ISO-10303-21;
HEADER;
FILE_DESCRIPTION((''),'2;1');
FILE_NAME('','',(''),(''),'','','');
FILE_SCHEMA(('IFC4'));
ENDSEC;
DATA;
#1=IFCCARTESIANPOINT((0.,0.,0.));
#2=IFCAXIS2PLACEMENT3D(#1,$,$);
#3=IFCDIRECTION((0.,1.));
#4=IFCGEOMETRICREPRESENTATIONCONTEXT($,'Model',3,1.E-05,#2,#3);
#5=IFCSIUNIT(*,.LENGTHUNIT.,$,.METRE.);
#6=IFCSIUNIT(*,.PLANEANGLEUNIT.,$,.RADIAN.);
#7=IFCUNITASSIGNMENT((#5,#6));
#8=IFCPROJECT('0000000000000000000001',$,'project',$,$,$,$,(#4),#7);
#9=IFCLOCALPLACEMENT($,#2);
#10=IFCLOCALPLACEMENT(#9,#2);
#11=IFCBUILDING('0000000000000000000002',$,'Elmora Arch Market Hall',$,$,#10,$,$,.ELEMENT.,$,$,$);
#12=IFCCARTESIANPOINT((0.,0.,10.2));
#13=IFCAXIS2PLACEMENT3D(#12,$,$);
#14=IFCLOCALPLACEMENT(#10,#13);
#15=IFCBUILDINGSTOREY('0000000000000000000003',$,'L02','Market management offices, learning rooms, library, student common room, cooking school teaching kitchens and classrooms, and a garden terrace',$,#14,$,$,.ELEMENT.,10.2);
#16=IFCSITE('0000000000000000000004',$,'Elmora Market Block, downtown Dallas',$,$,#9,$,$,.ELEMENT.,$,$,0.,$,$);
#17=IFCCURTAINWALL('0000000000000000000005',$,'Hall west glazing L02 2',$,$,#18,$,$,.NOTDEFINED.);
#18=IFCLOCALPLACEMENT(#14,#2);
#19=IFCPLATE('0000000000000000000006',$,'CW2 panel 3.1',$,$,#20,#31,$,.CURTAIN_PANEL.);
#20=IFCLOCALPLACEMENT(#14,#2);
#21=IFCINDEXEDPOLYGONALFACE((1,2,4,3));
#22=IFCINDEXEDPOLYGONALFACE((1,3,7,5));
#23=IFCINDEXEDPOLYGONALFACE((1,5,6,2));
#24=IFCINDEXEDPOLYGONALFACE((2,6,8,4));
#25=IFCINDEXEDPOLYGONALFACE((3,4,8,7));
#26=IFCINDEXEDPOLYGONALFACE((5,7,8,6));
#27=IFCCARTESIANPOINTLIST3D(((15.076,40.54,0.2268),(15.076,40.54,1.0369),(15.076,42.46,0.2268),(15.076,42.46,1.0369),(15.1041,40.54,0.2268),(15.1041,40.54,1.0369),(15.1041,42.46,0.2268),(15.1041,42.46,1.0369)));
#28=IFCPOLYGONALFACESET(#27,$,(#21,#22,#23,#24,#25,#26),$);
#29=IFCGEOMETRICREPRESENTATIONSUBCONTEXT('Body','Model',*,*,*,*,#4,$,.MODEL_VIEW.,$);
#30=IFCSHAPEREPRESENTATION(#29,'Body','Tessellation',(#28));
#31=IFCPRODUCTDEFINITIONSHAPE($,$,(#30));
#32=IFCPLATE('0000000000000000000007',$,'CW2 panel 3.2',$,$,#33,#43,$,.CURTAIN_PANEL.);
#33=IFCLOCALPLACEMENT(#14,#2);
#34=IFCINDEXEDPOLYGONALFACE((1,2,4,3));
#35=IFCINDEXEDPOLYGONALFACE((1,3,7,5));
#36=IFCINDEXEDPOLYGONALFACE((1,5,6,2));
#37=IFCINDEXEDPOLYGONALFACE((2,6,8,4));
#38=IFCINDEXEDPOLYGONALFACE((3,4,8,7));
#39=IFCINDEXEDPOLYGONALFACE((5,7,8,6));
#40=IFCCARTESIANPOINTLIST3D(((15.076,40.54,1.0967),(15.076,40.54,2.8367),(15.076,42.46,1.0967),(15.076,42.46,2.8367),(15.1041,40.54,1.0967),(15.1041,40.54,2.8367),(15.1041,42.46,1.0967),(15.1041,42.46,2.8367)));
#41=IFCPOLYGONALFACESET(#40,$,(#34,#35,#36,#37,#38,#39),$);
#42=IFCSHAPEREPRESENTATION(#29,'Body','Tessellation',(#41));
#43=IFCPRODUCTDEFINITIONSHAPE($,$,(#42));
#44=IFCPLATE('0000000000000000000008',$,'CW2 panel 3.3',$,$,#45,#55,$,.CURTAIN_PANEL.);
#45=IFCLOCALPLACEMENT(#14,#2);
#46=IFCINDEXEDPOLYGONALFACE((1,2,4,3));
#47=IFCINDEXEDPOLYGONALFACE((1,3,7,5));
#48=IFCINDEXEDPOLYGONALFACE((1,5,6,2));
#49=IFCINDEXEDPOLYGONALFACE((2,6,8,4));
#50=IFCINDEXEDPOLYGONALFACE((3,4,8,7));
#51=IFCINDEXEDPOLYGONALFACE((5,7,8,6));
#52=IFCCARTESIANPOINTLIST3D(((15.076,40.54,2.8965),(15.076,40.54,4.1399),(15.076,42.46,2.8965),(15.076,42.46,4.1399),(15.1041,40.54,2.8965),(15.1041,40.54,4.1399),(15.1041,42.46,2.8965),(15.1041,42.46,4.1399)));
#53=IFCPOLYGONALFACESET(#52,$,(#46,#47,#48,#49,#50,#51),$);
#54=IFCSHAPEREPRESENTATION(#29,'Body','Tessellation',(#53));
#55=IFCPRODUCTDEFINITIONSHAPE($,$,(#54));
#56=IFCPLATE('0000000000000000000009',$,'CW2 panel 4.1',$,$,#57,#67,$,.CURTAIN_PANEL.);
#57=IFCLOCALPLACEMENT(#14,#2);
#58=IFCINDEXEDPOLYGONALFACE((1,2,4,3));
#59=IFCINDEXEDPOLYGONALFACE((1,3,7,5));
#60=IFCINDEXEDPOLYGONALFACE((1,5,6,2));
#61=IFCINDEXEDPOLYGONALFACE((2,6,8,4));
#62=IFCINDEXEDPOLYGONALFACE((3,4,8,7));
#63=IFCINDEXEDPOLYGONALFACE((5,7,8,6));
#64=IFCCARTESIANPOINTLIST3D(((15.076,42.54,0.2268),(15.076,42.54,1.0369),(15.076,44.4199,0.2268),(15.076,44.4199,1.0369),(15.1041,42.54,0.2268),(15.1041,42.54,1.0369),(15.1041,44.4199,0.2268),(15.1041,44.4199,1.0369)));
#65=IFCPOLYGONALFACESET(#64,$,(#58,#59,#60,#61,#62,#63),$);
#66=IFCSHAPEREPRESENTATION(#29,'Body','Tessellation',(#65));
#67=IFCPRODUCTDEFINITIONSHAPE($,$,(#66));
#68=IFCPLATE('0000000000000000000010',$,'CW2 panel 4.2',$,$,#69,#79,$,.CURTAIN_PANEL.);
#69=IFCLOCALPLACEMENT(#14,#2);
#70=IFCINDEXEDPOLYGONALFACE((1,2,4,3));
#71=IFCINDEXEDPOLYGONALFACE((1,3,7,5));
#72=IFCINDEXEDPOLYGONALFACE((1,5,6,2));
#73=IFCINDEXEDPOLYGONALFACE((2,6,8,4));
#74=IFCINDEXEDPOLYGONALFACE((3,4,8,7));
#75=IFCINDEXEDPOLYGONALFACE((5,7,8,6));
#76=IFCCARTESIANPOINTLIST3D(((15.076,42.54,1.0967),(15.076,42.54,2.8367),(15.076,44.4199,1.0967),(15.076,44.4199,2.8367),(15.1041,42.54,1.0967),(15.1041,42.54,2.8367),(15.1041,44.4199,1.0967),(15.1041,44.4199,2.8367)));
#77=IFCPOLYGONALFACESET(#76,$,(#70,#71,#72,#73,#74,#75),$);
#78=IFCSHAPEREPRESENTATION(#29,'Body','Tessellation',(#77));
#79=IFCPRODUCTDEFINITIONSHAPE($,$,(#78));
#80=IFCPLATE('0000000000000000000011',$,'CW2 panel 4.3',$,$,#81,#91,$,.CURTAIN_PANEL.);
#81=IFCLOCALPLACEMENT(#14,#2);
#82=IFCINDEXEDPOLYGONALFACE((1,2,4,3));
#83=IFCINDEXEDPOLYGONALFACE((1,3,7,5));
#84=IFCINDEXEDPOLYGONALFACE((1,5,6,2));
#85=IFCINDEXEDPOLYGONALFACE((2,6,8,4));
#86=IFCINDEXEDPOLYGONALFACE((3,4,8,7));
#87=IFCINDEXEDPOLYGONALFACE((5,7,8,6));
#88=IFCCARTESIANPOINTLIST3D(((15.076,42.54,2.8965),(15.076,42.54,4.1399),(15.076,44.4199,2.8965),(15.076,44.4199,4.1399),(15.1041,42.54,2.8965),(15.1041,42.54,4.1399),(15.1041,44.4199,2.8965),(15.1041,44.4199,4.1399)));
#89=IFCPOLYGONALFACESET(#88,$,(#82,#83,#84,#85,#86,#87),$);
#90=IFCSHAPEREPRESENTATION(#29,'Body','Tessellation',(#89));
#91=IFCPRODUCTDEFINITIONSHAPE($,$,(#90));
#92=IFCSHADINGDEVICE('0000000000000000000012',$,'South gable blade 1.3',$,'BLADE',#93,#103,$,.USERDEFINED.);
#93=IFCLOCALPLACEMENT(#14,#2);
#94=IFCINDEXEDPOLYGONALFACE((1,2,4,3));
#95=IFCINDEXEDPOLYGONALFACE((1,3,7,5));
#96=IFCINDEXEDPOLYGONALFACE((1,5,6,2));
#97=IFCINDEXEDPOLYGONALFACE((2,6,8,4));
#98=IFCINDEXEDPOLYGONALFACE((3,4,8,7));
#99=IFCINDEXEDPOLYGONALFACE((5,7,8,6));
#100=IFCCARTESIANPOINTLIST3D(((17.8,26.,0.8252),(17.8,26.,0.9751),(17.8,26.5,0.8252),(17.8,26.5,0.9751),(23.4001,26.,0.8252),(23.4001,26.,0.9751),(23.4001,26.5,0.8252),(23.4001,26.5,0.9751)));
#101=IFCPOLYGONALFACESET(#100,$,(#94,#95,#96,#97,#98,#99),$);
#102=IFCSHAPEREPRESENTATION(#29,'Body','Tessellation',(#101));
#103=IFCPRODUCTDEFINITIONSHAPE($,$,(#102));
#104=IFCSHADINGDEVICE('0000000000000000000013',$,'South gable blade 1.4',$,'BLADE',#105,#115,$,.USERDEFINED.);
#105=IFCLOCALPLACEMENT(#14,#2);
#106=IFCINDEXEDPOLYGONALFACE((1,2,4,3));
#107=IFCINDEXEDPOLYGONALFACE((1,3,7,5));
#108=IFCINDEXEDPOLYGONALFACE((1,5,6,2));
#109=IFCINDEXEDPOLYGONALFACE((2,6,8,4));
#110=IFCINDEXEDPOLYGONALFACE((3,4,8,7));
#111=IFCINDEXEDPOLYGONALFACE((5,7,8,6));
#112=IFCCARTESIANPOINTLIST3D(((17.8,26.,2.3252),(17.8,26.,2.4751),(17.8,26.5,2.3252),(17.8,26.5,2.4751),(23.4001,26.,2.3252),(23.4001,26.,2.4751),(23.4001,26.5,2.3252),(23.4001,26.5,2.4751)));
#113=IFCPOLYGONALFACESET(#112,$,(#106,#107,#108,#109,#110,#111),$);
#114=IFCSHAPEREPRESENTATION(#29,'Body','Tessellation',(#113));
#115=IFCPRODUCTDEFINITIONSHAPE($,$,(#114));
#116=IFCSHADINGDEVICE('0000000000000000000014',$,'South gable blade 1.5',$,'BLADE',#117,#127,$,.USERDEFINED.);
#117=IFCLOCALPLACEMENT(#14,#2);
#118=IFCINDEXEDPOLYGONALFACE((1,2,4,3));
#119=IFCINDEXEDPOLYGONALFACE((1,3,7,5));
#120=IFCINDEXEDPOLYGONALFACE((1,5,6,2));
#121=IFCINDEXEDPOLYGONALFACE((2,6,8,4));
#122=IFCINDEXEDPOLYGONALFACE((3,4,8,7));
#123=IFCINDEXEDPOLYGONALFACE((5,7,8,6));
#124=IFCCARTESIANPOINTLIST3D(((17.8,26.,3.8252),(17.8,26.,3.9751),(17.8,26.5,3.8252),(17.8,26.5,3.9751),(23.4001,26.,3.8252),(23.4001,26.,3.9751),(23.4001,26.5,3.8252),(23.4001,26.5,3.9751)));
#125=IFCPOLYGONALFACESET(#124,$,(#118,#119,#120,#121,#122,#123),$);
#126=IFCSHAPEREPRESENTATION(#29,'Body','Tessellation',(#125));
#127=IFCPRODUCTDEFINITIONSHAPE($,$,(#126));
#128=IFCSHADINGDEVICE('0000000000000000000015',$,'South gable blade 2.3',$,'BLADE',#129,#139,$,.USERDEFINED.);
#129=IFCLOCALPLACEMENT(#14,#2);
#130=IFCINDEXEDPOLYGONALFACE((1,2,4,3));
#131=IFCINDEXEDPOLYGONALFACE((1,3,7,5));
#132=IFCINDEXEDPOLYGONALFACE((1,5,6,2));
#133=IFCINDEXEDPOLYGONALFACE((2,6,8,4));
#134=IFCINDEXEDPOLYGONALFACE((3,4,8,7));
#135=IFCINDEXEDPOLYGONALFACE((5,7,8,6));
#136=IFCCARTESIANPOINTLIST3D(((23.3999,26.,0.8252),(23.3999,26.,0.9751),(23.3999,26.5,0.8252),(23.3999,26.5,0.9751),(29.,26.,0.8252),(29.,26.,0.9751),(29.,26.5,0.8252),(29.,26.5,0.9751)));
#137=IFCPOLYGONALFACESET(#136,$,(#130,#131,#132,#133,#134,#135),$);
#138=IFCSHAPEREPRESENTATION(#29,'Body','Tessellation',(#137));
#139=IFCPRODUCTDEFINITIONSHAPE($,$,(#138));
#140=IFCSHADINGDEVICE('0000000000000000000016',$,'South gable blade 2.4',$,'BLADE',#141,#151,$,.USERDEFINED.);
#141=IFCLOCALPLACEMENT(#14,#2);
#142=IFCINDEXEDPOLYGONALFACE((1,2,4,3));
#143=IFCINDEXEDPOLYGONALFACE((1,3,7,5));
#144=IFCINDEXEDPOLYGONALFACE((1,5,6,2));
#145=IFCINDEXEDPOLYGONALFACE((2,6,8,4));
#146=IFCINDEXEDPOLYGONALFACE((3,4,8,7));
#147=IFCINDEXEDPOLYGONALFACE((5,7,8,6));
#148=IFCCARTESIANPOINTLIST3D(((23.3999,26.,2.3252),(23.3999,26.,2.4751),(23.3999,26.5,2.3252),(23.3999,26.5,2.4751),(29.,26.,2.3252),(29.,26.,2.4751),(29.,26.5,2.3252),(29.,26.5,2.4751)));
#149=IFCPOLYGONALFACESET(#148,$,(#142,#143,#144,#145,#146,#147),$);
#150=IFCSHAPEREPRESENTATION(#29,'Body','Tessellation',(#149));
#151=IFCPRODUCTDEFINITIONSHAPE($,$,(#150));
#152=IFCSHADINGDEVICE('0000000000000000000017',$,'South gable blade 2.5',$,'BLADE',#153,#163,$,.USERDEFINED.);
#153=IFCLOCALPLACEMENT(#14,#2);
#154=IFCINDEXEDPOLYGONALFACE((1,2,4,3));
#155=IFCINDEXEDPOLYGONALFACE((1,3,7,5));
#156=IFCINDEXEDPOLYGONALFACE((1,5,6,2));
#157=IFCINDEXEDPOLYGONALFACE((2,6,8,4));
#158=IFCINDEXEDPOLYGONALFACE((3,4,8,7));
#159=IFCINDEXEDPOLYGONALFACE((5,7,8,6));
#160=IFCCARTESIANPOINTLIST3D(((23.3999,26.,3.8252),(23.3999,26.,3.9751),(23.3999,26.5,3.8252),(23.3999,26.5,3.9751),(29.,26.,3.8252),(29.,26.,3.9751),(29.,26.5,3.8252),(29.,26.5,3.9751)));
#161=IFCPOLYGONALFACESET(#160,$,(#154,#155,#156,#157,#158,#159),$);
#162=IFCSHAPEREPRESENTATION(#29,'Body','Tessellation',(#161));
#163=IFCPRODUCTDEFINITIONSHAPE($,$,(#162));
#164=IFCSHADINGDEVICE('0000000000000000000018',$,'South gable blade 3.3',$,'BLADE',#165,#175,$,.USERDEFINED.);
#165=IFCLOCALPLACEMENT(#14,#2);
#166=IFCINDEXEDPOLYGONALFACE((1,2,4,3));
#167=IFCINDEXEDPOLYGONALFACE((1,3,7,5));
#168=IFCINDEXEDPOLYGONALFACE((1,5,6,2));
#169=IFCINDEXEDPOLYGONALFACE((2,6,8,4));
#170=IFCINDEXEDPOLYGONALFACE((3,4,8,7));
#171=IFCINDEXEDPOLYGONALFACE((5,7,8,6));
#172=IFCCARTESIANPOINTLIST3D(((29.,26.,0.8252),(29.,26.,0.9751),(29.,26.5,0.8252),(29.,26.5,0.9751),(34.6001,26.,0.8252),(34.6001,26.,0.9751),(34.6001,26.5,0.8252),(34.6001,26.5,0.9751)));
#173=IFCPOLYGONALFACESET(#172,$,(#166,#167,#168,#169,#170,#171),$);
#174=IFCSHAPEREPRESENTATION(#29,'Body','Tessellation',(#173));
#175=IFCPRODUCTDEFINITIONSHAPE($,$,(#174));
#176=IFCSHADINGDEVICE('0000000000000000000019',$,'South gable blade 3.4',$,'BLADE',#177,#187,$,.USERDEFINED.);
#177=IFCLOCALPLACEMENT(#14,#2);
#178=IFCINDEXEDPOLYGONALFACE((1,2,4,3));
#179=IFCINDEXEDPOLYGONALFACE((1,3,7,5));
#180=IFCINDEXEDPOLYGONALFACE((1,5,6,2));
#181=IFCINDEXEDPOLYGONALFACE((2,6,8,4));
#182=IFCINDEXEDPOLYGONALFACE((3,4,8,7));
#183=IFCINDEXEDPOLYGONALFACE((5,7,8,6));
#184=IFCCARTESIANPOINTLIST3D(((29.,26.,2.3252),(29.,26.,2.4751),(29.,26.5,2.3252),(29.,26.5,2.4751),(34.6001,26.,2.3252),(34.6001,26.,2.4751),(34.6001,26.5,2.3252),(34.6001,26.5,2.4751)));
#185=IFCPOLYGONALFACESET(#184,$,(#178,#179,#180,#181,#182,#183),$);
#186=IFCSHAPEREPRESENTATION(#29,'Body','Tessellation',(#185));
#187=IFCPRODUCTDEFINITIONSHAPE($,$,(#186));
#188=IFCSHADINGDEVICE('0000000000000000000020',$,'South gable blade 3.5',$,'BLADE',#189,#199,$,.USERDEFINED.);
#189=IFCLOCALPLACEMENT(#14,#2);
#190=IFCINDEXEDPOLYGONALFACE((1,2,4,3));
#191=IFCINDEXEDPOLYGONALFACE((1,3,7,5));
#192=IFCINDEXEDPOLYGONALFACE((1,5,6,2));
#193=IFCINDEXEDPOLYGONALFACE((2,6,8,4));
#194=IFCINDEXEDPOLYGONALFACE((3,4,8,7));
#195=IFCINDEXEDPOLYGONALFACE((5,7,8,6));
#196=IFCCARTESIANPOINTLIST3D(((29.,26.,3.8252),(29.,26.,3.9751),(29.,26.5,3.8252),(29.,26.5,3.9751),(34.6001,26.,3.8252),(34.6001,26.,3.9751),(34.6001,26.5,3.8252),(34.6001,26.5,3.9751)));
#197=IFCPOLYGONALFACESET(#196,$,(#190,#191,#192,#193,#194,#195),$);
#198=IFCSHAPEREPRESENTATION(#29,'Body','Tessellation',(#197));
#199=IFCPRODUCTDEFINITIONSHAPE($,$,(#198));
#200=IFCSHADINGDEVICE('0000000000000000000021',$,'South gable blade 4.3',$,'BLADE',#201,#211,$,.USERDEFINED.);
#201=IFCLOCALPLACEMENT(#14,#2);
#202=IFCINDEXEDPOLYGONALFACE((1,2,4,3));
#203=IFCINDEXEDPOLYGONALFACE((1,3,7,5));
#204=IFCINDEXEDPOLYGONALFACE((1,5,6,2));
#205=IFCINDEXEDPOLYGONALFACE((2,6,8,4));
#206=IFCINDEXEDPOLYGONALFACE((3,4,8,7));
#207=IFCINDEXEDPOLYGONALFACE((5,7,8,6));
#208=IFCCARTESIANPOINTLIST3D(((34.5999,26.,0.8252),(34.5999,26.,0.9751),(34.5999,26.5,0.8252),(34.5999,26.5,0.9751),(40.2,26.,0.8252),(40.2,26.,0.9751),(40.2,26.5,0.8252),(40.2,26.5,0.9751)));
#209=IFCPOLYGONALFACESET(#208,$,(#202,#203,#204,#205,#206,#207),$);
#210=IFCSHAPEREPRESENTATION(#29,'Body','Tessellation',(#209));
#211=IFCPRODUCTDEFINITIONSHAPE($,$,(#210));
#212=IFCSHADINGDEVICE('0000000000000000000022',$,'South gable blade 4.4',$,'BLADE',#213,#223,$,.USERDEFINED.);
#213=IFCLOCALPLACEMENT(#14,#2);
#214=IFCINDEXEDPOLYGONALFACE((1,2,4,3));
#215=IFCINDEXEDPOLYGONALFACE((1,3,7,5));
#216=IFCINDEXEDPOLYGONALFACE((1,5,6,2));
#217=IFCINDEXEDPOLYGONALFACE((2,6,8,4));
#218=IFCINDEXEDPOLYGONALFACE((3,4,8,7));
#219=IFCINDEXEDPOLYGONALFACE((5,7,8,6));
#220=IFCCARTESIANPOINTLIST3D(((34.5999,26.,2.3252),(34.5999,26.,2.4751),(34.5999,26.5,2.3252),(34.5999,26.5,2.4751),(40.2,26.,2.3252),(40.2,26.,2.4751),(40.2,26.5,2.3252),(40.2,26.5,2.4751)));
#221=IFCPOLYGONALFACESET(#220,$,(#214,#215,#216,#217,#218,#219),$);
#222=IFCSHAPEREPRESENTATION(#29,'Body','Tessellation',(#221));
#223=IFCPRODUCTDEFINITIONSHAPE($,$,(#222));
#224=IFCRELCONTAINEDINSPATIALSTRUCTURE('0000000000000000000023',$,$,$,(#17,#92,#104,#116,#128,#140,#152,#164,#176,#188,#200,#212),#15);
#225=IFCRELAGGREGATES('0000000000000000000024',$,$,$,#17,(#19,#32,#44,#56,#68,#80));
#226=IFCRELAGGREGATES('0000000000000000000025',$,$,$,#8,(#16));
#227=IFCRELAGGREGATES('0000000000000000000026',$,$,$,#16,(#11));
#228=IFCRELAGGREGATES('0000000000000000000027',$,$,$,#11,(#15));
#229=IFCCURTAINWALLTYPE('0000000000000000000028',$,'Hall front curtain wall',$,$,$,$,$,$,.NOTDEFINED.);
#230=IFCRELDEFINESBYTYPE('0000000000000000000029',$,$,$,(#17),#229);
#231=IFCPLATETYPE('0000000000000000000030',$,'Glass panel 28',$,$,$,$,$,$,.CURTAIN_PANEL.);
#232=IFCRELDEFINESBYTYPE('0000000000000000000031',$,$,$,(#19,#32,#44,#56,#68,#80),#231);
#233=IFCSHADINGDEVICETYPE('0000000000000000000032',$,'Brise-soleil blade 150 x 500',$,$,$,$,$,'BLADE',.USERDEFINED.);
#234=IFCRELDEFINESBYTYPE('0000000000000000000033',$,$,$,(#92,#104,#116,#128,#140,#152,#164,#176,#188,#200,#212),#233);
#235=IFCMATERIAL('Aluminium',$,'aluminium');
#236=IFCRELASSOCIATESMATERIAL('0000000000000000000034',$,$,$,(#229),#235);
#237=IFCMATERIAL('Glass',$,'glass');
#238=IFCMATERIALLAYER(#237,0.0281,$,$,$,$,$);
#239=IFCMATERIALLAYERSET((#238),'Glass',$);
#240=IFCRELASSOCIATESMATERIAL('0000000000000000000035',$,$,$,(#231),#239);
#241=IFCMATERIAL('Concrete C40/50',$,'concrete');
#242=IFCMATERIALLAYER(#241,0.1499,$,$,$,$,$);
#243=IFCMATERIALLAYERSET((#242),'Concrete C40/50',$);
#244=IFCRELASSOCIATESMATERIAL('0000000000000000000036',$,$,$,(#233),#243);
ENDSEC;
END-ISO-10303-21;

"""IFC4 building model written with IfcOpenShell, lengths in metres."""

from ifc_helpers import new_model, si_unit, direction, frame, origin, origin_2d, place, context, subcontext, project, spatial, rectangle, extrude, material, layer, layer_set, type_object, element, aggregate, save


model = new_model("IFC4")

# Units and contexts
model_context = context("Model", 3, precision=1e-05, world=origin(), true_north=direction((0.0, 1.0)))
body_context = subcontext(model_context, "Body", "Model", "MODEL_VIEW")
ifc_project = project(units=[si_unit("LENGTHUNIT", "METRE"), si_unit("PLANEANGLEUNIT", "RADIAN")], contexts=[model_context])

# Site, building, storey
site_placement = place(None, origin())
site = spatial("IfcSite", under=ifc_project, at=site_placement, Name="Elmora Market Block, downtown Dallas", CompositionType="ELEMENT", RefElevation=0.0)
building_placement = place(site_placement, origin())
building = spatial("IfcBuilding", under=site, at=building_placement, Name="Elmora Arch Market Hall", CompositionType="ELEMENT")
storey_placement = place(building_placement, frame((0.0, 0.0, 10.2)))
storey = spatial("IfcBuildingStorey", under=building, at=storey_placement, Name="L02", Description="Market management offices, learning rooms, library, student common room, cooking school teaching kitchens and classrooms, and a garden terrace", CompositionType="ELEMENT", Elevation=10.2)

# Curtain wall
ifc_material_1 = material(Name="Aluminium", Category="aluminium")
curtain_wall_type = type_object("IfcCurtainWallType", Name="Hall front curtain wall", PredefinedType="NOTDEFINED", material=ifc_material_1)
curtain_wall_1_placement = place(storey_placement, origin())
curtain_wall_1 = element("IfcCurtainWall", 1, at=curtain_wall_1_placement, inside=storey, type_object=curtain_wall_type, Name="Hall west glazing L02 2", PredefinedType="NOTDEFINED")

# Plates
ifc_material_2 = material(Name="Glass", Category="glass")
ifc_layer_1 = layer(ifc_material_2, 0.0281)
ifc_layer_set_1 = layer_set([ifc_layer_1], Name="Glass")
plate_type = type_object("IfcPlateType", Name="Glass panel 28", PredefinedType="CURTAIN_PANEL", material=ifc_layer_set_1)
plate_1_placement = place(storey_placement, frame((15.0901, 41.5, 0.2268), z_axis=(0.0, 0.0, 1.0), x_axis=(0.0, 1.0, 0.0)))
plate_1 = element("IfcPlate", 2, at=plate_1_placement, type_object=plate_type, Name="CW2 panel 3.1", PredefinedType="CURTAIN_PANEL", context=body_context, shape_type="SweptSolid", body=[
    extrude(rectangle(XDim=1.9199, YDim=0.0281, at=origin_2d()), origin(), (0.0, 0.0, 1.0), 0.8101),
])
plate_2_placement = place(storey_placement, frame((15.0901, 41.5, 1.0967), z_axis=(0.0, 0.0, 1.0), x_axis=(0.0, 1.0, 0.0)))
plate_2 = element("IfcPlate", 3, at=plate_2_placement, type_object=plate_type, Name="CW2 panel 3.2", PredefinedType="CURTAIN_PANEL", context=body_context, shape_type="SweptSolid", body=[
    extrude(rectangle(XDim=1.9199, YDim=0.0281, at=origin_2d()), origin(), (0.0, 0.0, 1.0), 1.74),
])
plate_3_placement = place(storey_placement, frame((15.0901, 41.5, 2.8965), z_axis=(0.0, 0.0, 1.0), x_axis=(0.0, 1.0, 0.0)))
plate_3 = element("IfcPlate", 4, at=plate_3_placement, type_object=plate_type, Name="CW2 panel 3.3", PredefinedType="CURTAIN_PANEL", context=body_context, shape_type="SweptSolid", body=[
    extrude(rectangle(XDim=1.9199, YDim=0.0281, at=origin_2d()), origin(), (0.0, 0.0, 1.0), 1.2434),
])
plate_4_placement = place(storey_placement, frame((15.0901, 43.48, 0.2268), z_axis=(0.0, 0.0, 1.0), x_axis=(0.0, 1.0, 0.0)))
plate_4 = element("IfcPlate", 5, at=plate_4_placement, type_object=plate_type, Name="CW2 panel 4.1", PredefinedType="CURTAIN_PANEL", context=body_context, shape_type="SweptSolid", body=[
    extrude(rectangle(XDim=1.8799, YDim=0.0281, at=origin_2d()), origin(), (0.0, 0.0, 1.0), 0.8101),
])
plate_5_placement = place(storey_placement, frame((15.0901, 43.48, 1.0967), z_axis=(0.0, 0.0, 1.0), x_axis=(0.0, 1.0, 0.0)))
plate_5 = element("IfcPlate", 6, at=plate_5_placement, type_object=plate_type, Name="CW2 panel 4.2", PredefinedType="CURTAIN_PANEL", context=body_context, shape_type="SweptSolid", body=[
    extrude(rectangle(XDim=1.8799, YDim=0.0281, at=origin_2d()), origin(), (0.0, 0.0, 1.0), 1.74),
])
plate_6_placement = place(storey_placement, frame((15.0901, 43.48, 2.8965), z_axis=(0.0, 0.0, 1.0), x_axis=(0.0, 1.0, 0.0)))
plate_6 = element("IfcPlate", 7, at=plate_6_placement, type_object=plate_type, Name="CW2 panel 4.3", PredefinedType="CURTAIN_PANEL", context=body_context, shape_type="SweptSolid", body=[
    extrude(rectangle(XDim=1.8799, YDim=0.0281, at=origin_2d()), origin(), (0.0, 0.0, 1.0), 1.2434),
])
aggregate(curtain_wall_1, [plate_1, plate_2, plate_3, plate_4, plate_5, plate_6])

# Shading devices
ifc_material_3 = material(Name="Concrete C40/50", Category="concrete")
ifc_layer_2 = layer(ifc_material_3, 0.1499)
ifc_layer_set_2 = layer_set([ifc_layer_2], Name="Concrete C40/50")
shading_device_type = type_object("IfcShadingDeviceType", Name="Brise-soleil blade 150 x 500", ElementType="BLADE", PredefinedType="USERDEFINED", material=ifc_layer_set_2)
for number, where, z_axis, x_axis, name in (
    (8, (20.6001, 26.25, 0.8252), (0.0, 0.0, 1.0), (1.0, 0.0, 0.0), "South gable blade 1.3"),
    (9, (20.6001, 26.25, 2.3252), (0.0, 0.0, 1.0), (1.0, 0.0, 0.0), "South gable blade 1.4"),
    (10, (20.6001, 26.25, 3.8252), (0.0, 0.0, 1.0), (1.0, 0.0, 0.0), "South gable blade 1.5"),
    (11, (26.2, 26.25, 0.8252), (0.0, 0.0, 1.0), (1.0, 0.0, 0.0), "South gable blade 2.3"),
    (12, (26.2, 26.25, 2.3252), (0.0, 0.0, 1.0), (1.0, 0.0, 0.0), "South gable blade 2.4"),
    (13, (26.2, 26.25, 3.8252), (0.0, 0.0, 1.0), (1.0, 0.0, 0.0), "South gable blade 2.5"),
    (14, (31.8, 26.25, 0.8252), (0.0, 0.0, 1.0), (1.0, 0.0, 0.0), "South gable blade 3.3"),
    (15, (31.8, 26.25, 2.3252), (0.0, 0.0, 1.0), (1.0, 0.0, 0.0), "South gable blade 3.4"),
    (16, (31.8, 26.25, 3.8252), (0.0, 0.0, 1.0), (1.0, 0.0, 0.0), "South gable blade 3.5"),
    (17, (37.3999, 26.25, 0.8252), (0.0, 0.0, 1.0), (1.0, 0.0, 0.0), "South gable blade 4.3"),
    (18, (37.3999, 26.25, 2.3252), (0.0, 0.0, 1.0), (1.0, 0.0, 0.0), "South gable blade 4.4"),
):
    element("IfcShadingDevice", number, at=place(storey_placement, frame(where, z_axis=z_axis, x_axis=x_axis)), inside=storey, type_object=shading_device_type, Name=name, ObjectType="BLADE", PredefinedType="USERDEFINED", context=body_context, shape_type="SweptSolid", body=[
        extrude(rectangle(XDim=5.6001, YDim=0.5, at=origin_2d()), origin(), (0.0, 0.0, 1.0), 0.1499),
    ])

save(model, "model.ifc")
